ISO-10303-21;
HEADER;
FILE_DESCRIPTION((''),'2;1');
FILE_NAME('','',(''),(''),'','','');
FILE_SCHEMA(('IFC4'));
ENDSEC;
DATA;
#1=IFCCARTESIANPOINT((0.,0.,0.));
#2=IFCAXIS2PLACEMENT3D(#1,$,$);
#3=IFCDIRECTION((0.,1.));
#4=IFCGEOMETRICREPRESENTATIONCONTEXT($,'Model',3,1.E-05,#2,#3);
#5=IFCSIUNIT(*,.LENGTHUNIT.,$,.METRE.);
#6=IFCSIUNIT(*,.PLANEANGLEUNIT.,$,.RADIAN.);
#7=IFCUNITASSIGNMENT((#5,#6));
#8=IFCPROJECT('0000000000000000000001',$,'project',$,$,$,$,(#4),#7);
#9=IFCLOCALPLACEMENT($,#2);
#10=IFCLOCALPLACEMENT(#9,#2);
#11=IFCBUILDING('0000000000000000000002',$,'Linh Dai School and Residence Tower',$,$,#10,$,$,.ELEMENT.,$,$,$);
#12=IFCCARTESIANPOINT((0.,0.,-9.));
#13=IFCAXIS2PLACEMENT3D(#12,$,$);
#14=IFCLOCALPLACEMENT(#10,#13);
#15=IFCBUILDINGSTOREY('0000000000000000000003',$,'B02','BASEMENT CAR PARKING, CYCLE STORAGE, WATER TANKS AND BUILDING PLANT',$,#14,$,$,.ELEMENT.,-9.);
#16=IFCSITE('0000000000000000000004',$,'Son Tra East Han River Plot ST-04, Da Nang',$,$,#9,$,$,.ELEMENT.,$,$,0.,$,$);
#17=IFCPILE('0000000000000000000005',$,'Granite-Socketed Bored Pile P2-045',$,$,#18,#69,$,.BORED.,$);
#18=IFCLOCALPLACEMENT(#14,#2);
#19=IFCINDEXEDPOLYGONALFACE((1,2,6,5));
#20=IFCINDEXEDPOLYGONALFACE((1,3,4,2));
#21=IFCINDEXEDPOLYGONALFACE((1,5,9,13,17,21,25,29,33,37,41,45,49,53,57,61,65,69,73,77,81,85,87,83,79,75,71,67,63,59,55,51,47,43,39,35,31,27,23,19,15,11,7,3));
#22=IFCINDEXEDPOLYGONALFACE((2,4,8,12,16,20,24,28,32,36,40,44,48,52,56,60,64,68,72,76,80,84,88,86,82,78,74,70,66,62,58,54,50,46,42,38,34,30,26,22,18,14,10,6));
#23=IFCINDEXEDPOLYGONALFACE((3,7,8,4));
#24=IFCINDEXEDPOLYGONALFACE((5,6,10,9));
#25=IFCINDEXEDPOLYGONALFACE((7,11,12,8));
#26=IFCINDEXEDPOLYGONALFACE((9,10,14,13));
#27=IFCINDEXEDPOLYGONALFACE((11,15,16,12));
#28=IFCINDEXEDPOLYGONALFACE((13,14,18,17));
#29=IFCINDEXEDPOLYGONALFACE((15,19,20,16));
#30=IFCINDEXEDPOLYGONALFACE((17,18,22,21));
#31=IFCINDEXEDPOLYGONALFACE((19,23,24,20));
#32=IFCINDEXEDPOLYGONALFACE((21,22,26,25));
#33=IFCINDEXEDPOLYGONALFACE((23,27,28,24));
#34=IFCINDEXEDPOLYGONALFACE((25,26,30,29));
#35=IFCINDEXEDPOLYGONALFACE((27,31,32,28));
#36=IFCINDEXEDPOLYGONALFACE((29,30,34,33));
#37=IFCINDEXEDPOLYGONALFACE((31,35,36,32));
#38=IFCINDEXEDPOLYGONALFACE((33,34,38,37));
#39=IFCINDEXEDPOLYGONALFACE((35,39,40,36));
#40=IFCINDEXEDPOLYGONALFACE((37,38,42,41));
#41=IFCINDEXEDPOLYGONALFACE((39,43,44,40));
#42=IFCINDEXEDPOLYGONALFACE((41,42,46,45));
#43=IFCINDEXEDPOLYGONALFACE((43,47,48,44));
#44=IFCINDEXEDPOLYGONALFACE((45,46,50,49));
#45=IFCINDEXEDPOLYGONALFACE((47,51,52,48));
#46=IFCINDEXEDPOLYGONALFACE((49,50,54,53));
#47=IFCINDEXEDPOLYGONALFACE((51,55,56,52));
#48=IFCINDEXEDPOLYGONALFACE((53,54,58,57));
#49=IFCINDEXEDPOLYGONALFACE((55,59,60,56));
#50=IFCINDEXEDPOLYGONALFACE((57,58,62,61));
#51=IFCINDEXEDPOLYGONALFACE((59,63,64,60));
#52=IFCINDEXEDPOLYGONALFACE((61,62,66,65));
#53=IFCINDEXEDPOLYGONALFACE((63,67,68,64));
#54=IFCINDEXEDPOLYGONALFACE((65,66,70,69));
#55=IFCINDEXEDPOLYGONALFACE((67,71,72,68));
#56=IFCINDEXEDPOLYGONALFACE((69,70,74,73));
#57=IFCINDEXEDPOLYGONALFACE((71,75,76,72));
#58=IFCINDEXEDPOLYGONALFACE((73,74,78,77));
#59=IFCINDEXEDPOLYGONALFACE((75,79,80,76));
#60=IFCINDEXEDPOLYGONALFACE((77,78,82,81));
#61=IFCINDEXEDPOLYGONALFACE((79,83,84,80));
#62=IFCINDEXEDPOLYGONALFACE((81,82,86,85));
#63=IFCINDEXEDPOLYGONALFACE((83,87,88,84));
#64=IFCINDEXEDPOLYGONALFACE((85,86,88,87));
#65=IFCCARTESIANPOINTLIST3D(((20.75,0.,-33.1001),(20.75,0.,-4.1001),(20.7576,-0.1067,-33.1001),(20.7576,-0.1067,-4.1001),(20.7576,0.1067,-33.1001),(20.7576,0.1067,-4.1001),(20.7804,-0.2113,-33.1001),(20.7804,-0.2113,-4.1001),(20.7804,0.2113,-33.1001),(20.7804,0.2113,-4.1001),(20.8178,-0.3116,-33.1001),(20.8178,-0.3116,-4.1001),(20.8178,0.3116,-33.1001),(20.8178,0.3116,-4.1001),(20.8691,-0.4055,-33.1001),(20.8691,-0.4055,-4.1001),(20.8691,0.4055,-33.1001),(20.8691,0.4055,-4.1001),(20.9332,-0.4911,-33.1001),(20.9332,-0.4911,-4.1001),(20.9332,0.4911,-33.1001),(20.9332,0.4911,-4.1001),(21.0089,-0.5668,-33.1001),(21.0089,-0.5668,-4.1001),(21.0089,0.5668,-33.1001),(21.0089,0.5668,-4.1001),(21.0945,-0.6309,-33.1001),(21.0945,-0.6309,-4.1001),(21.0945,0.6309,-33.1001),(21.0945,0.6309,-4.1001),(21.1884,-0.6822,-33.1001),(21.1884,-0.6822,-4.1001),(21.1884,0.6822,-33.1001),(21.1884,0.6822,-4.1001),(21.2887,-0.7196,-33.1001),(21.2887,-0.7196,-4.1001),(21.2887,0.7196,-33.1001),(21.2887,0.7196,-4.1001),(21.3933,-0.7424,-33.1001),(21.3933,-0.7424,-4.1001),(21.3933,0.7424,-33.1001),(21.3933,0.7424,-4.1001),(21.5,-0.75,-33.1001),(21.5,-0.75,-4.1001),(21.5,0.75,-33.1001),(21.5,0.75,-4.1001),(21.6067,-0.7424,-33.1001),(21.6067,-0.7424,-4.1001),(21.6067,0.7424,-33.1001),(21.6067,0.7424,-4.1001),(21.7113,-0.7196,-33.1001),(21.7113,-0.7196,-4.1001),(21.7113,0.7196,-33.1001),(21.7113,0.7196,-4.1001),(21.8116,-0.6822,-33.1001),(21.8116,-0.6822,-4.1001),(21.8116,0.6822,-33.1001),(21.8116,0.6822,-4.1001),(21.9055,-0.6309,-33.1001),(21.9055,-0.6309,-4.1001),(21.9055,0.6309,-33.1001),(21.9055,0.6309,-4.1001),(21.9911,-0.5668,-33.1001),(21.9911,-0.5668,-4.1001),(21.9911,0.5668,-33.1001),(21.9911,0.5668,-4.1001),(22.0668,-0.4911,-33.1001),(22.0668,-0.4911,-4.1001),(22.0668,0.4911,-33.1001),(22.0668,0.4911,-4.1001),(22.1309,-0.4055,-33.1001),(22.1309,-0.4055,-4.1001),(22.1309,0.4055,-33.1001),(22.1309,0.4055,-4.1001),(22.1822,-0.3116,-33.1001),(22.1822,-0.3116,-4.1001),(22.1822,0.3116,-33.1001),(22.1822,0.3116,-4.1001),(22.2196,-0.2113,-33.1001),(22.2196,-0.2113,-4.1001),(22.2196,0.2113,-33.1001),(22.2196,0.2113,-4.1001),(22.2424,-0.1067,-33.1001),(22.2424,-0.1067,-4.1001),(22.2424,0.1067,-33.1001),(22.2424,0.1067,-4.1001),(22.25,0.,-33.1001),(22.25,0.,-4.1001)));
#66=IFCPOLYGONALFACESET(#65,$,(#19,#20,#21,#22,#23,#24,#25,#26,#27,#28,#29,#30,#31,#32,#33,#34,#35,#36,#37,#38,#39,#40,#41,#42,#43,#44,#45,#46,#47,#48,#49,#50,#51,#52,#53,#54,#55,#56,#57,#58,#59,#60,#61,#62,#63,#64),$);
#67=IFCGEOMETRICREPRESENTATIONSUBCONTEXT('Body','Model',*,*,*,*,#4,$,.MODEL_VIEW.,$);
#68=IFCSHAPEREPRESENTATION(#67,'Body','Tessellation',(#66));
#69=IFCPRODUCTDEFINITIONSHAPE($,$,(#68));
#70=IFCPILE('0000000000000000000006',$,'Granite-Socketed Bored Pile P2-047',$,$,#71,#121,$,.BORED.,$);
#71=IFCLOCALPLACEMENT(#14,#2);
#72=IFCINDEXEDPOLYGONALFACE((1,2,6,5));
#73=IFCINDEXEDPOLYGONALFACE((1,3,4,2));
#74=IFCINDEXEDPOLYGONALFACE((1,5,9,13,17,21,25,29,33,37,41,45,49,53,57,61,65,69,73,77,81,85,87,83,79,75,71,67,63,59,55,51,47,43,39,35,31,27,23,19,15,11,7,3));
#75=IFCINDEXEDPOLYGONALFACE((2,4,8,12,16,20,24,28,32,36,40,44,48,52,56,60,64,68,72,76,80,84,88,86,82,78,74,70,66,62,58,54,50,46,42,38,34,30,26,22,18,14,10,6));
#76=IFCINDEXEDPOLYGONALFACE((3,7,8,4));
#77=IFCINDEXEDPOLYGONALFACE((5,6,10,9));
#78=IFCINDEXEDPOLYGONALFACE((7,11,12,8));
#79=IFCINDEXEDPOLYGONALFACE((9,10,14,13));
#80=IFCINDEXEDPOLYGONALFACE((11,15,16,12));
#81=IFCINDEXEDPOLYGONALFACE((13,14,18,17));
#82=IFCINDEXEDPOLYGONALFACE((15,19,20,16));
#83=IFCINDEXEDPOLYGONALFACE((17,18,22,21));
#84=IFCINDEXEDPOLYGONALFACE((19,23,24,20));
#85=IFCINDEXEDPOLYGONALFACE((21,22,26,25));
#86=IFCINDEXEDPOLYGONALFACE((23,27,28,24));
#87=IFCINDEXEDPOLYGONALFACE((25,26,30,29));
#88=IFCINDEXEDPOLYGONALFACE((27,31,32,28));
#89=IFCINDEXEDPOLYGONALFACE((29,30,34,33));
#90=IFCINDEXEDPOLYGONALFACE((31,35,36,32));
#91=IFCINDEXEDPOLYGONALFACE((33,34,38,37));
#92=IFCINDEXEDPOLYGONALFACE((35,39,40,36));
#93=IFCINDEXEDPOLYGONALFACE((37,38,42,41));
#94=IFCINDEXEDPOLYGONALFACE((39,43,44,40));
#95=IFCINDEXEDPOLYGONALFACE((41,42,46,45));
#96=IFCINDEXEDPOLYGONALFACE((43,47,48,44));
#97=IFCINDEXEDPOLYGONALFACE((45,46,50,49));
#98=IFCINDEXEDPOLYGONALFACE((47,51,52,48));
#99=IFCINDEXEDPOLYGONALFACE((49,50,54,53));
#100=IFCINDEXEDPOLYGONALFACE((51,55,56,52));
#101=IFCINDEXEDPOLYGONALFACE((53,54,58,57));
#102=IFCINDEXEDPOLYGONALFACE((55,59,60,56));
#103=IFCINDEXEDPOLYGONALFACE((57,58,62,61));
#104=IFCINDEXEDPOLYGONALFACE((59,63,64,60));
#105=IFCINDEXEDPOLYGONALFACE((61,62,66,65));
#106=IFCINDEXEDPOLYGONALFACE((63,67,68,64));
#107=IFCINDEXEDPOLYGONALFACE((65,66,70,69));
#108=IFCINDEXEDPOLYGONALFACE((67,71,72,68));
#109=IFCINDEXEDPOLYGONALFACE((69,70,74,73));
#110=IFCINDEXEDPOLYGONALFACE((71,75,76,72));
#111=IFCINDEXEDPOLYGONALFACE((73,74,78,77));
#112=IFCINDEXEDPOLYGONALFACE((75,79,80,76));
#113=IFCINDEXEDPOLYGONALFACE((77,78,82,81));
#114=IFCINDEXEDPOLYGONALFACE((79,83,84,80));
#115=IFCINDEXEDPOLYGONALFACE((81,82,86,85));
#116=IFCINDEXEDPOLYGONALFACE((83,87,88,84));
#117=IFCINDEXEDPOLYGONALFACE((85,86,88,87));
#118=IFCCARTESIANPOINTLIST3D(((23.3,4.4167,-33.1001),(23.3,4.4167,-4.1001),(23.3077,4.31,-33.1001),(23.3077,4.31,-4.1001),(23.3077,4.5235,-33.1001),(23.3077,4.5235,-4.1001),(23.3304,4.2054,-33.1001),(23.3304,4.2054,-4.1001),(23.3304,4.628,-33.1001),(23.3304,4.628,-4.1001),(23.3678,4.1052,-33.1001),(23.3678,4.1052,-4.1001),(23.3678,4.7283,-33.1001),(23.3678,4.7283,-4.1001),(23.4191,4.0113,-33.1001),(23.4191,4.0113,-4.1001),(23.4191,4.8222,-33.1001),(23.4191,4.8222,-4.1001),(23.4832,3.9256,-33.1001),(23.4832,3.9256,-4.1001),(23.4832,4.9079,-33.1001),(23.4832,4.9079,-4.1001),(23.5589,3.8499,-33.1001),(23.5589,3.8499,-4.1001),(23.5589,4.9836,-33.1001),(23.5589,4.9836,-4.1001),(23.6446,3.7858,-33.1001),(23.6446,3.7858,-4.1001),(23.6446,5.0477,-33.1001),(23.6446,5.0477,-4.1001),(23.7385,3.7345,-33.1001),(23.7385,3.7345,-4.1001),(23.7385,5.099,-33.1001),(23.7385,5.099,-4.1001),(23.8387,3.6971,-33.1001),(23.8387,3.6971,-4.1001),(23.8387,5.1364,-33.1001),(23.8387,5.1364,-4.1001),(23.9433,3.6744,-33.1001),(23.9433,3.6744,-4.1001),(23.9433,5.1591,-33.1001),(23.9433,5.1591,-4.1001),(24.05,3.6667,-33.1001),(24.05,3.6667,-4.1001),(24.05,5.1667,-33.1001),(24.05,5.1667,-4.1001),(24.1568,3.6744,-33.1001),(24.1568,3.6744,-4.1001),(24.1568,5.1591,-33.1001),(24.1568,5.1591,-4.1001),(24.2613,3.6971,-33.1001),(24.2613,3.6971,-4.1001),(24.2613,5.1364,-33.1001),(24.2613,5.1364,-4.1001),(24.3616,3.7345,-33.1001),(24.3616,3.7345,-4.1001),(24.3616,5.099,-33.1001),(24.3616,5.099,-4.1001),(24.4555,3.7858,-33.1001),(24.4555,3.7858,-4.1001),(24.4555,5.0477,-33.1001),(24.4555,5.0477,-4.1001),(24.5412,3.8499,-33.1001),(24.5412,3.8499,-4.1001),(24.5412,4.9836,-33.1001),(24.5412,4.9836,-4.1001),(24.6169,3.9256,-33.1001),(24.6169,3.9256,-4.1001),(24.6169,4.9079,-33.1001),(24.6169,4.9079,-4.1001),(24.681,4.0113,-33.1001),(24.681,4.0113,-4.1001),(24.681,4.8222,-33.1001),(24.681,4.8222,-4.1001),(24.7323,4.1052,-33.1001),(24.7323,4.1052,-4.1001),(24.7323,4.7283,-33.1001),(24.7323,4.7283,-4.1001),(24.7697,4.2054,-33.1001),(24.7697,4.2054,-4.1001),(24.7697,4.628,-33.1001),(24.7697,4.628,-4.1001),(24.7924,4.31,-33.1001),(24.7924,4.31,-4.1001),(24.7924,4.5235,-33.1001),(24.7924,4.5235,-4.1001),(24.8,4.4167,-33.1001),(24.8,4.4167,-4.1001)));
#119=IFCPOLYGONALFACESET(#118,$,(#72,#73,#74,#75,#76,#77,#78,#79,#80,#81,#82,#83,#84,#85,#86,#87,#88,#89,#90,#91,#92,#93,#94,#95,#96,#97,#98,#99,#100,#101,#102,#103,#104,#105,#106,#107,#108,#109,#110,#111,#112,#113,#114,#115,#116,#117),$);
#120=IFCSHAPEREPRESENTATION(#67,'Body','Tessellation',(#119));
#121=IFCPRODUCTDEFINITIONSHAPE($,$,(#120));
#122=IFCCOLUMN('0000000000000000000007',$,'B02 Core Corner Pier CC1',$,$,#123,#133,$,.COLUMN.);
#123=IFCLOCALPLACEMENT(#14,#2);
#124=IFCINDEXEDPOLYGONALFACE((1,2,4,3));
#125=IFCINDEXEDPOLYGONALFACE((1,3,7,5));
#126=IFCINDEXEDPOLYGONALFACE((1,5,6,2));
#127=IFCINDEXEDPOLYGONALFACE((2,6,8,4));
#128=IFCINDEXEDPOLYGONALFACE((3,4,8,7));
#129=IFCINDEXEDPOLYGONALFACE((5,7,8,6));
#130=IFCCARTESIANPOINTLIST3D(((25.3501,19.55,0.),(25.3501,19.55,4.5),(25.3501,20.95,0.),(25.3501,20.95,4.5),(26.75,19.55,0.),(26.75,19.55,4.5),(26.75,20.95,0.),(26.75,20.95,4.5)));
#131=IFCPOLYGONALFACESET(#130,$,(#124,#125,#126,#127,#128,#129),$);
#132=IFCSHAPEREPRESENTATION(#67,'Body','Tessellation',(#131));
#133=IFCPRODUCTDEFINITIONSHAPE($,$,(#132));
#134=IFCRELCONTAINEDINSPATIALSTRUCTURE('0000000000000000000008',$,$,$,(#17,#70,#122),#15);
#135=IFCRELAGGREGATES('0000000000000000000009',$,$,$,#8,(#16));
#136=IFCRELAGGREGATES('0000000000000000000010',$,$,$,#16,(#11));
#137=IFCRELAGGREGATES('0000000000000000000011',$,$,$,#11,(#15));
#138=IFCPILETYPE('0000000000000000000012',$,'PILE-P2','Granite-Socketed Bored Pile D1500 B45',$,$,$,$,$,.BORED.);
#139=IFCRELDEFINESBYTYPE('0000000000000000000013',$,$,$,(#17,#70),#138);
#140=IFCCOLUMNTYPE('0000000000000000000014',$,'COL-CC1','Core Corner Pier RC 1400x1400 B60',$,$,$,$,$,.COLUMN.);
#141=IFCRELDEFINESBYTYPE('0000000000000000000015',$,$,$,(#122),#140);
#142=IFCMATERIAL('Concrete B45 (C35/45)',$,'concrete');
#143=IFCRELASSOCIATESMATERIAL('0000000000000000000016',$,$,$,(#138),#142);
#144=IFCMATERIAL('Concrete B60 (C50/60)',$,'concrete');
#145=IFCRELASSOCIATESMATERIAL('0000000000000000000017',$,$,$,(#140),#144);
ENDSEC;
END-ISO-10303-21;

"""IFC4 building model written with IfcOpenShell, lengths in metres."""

from ifc_helpers import new_model, si_unit, direction, frame, origin, origin_2d, place, context, subcontext, project, spatial, rectangle, circle, extrude, material, material_profile, profile_set, type_object, element, save


model = new_model("IFC4")

# Units and contexts
model_context = context("Model", 3, precision=1e-05, world=origin(), true_north=direction((0.0, 1.0)))
body_context = subcontext(model_context, "Body", "Model", "MODEL_VIEW")
ifc_project = project(units=[si_unit("LENGTHUNIT", "METRE"), si_unit("PLANEANGLEUNIT", "RADIAN")], contexts=[model_context])

# Site, building, storey
site_placement = place(None, origin())
site = spatial("IfcSite", under=ifc_project, at=site_placement, Name="Son Tra East Han River Plot ST-04, Da Nang", CompositionType="ELEMENT", RefElevation=0.0)
building_placement = place(site_placement, origin())
building = spatial("IfcBuilding", under=site, at=building_placement, Name="Linh Dai School and Residence Tower", CompositionType="ELEMENT")
storey_placement = place(building_placement, frame((0.0, 0.0, -9.0)))
storey = spatial("IfcBuildingStorey", under=building, at=storey_placement, Name="B02", Description="BASEMENT CAR PARKING, CYCLE STORAGE, WATER TANKS AND BUILDING PLANT", CompositionType="ELEMENT", Elevation=-9.0)

# Piles
ifc_material_1 = material(Name="Concrete B45 (C35/45)", Category="concrete")
ifc_material_profile_1 = material_profile(ifc_material_1, circle(Radius=0.75, at=origin_2d()), Name="PILE D1500")
ifc_profile_set_1 = profile_set([ifc_material_profile_1], Name="Concrete B45 (C35/45)")
pile_type_1 = type_object("IfcPileType", Name="PILE-P2", Description="Granite-Socketed Bored Pile D1500 B45", PredefinedType="BORED", material=ifc_profile_set_1)
for number, where, z_axis, x_axis, name in (
    (1, (21.5, 0.0, -4.1001), (0.0, 0.0, -1.0), (1.0, 0.0, 0.0), "Granite-Socketed Bored Pile P2-045"),
    (2, (24.05, 4.4167, -4.1001), (0.0, 0.0, -1.0), (1.0, 0.0, 0.0), "Granite-Socketed Bored Pile P2-047"),
):
    element("IfcPile", number, at=place(storey_placement, frame(where, z_axis=z_axis, x_axis=x_axis)), inside=storey, type_object=pile_type_1, Name=name, PredefinedType="BORED", context=body_context, shape_type="SweptSolid", body=[
        extrude(circle(Radius=0.75, at=origin_2d()), origin(), (0.0, 0.0, 1.0), 29.0),
    ])

# Column
ifc_material_2 = material(Name="Concrete B60 (C50/60)", Category="concrete")
ifc_material_profile_2 = material_profile(ifc_material_2, rectangle(XDim=1.3999, YDim=1.3999, at=origin_2d()), Name="RC 1400x1400")
ifc_profile_set_2 = profile_set([ifc_material_profile_2], Name="Concrete B60 (C50/60)")
column_type_1 = type_object("IfcColumnType", Name="COL-CC1", Description="Core Corner Pier RC 1400x1400 B60", PredefinedType="COLUMN", material=ifc_profile_set_2)
column_placement = place(storey_placement, frame((26.05, 20.25, 0.0), z_axis=(0.0, 0.0, 1.0), x_axis=(1.0, 0.0, 0.0)))
element("IfcColumn", 3, at=column_placement, inside=storey, type_object=column_type_1, Name="B02 Core Corner Pier CC1", PredefinedType="COLUMN", context=body_context, shape_type="SweptSolid", body=[
    extrude(rectangle(XDim=1.3999, YDim=1.3999, at=origin_2d()), origin(), (0.0, 0.0, 1.0), 4.5),
])

save(model, "model.ifc")
